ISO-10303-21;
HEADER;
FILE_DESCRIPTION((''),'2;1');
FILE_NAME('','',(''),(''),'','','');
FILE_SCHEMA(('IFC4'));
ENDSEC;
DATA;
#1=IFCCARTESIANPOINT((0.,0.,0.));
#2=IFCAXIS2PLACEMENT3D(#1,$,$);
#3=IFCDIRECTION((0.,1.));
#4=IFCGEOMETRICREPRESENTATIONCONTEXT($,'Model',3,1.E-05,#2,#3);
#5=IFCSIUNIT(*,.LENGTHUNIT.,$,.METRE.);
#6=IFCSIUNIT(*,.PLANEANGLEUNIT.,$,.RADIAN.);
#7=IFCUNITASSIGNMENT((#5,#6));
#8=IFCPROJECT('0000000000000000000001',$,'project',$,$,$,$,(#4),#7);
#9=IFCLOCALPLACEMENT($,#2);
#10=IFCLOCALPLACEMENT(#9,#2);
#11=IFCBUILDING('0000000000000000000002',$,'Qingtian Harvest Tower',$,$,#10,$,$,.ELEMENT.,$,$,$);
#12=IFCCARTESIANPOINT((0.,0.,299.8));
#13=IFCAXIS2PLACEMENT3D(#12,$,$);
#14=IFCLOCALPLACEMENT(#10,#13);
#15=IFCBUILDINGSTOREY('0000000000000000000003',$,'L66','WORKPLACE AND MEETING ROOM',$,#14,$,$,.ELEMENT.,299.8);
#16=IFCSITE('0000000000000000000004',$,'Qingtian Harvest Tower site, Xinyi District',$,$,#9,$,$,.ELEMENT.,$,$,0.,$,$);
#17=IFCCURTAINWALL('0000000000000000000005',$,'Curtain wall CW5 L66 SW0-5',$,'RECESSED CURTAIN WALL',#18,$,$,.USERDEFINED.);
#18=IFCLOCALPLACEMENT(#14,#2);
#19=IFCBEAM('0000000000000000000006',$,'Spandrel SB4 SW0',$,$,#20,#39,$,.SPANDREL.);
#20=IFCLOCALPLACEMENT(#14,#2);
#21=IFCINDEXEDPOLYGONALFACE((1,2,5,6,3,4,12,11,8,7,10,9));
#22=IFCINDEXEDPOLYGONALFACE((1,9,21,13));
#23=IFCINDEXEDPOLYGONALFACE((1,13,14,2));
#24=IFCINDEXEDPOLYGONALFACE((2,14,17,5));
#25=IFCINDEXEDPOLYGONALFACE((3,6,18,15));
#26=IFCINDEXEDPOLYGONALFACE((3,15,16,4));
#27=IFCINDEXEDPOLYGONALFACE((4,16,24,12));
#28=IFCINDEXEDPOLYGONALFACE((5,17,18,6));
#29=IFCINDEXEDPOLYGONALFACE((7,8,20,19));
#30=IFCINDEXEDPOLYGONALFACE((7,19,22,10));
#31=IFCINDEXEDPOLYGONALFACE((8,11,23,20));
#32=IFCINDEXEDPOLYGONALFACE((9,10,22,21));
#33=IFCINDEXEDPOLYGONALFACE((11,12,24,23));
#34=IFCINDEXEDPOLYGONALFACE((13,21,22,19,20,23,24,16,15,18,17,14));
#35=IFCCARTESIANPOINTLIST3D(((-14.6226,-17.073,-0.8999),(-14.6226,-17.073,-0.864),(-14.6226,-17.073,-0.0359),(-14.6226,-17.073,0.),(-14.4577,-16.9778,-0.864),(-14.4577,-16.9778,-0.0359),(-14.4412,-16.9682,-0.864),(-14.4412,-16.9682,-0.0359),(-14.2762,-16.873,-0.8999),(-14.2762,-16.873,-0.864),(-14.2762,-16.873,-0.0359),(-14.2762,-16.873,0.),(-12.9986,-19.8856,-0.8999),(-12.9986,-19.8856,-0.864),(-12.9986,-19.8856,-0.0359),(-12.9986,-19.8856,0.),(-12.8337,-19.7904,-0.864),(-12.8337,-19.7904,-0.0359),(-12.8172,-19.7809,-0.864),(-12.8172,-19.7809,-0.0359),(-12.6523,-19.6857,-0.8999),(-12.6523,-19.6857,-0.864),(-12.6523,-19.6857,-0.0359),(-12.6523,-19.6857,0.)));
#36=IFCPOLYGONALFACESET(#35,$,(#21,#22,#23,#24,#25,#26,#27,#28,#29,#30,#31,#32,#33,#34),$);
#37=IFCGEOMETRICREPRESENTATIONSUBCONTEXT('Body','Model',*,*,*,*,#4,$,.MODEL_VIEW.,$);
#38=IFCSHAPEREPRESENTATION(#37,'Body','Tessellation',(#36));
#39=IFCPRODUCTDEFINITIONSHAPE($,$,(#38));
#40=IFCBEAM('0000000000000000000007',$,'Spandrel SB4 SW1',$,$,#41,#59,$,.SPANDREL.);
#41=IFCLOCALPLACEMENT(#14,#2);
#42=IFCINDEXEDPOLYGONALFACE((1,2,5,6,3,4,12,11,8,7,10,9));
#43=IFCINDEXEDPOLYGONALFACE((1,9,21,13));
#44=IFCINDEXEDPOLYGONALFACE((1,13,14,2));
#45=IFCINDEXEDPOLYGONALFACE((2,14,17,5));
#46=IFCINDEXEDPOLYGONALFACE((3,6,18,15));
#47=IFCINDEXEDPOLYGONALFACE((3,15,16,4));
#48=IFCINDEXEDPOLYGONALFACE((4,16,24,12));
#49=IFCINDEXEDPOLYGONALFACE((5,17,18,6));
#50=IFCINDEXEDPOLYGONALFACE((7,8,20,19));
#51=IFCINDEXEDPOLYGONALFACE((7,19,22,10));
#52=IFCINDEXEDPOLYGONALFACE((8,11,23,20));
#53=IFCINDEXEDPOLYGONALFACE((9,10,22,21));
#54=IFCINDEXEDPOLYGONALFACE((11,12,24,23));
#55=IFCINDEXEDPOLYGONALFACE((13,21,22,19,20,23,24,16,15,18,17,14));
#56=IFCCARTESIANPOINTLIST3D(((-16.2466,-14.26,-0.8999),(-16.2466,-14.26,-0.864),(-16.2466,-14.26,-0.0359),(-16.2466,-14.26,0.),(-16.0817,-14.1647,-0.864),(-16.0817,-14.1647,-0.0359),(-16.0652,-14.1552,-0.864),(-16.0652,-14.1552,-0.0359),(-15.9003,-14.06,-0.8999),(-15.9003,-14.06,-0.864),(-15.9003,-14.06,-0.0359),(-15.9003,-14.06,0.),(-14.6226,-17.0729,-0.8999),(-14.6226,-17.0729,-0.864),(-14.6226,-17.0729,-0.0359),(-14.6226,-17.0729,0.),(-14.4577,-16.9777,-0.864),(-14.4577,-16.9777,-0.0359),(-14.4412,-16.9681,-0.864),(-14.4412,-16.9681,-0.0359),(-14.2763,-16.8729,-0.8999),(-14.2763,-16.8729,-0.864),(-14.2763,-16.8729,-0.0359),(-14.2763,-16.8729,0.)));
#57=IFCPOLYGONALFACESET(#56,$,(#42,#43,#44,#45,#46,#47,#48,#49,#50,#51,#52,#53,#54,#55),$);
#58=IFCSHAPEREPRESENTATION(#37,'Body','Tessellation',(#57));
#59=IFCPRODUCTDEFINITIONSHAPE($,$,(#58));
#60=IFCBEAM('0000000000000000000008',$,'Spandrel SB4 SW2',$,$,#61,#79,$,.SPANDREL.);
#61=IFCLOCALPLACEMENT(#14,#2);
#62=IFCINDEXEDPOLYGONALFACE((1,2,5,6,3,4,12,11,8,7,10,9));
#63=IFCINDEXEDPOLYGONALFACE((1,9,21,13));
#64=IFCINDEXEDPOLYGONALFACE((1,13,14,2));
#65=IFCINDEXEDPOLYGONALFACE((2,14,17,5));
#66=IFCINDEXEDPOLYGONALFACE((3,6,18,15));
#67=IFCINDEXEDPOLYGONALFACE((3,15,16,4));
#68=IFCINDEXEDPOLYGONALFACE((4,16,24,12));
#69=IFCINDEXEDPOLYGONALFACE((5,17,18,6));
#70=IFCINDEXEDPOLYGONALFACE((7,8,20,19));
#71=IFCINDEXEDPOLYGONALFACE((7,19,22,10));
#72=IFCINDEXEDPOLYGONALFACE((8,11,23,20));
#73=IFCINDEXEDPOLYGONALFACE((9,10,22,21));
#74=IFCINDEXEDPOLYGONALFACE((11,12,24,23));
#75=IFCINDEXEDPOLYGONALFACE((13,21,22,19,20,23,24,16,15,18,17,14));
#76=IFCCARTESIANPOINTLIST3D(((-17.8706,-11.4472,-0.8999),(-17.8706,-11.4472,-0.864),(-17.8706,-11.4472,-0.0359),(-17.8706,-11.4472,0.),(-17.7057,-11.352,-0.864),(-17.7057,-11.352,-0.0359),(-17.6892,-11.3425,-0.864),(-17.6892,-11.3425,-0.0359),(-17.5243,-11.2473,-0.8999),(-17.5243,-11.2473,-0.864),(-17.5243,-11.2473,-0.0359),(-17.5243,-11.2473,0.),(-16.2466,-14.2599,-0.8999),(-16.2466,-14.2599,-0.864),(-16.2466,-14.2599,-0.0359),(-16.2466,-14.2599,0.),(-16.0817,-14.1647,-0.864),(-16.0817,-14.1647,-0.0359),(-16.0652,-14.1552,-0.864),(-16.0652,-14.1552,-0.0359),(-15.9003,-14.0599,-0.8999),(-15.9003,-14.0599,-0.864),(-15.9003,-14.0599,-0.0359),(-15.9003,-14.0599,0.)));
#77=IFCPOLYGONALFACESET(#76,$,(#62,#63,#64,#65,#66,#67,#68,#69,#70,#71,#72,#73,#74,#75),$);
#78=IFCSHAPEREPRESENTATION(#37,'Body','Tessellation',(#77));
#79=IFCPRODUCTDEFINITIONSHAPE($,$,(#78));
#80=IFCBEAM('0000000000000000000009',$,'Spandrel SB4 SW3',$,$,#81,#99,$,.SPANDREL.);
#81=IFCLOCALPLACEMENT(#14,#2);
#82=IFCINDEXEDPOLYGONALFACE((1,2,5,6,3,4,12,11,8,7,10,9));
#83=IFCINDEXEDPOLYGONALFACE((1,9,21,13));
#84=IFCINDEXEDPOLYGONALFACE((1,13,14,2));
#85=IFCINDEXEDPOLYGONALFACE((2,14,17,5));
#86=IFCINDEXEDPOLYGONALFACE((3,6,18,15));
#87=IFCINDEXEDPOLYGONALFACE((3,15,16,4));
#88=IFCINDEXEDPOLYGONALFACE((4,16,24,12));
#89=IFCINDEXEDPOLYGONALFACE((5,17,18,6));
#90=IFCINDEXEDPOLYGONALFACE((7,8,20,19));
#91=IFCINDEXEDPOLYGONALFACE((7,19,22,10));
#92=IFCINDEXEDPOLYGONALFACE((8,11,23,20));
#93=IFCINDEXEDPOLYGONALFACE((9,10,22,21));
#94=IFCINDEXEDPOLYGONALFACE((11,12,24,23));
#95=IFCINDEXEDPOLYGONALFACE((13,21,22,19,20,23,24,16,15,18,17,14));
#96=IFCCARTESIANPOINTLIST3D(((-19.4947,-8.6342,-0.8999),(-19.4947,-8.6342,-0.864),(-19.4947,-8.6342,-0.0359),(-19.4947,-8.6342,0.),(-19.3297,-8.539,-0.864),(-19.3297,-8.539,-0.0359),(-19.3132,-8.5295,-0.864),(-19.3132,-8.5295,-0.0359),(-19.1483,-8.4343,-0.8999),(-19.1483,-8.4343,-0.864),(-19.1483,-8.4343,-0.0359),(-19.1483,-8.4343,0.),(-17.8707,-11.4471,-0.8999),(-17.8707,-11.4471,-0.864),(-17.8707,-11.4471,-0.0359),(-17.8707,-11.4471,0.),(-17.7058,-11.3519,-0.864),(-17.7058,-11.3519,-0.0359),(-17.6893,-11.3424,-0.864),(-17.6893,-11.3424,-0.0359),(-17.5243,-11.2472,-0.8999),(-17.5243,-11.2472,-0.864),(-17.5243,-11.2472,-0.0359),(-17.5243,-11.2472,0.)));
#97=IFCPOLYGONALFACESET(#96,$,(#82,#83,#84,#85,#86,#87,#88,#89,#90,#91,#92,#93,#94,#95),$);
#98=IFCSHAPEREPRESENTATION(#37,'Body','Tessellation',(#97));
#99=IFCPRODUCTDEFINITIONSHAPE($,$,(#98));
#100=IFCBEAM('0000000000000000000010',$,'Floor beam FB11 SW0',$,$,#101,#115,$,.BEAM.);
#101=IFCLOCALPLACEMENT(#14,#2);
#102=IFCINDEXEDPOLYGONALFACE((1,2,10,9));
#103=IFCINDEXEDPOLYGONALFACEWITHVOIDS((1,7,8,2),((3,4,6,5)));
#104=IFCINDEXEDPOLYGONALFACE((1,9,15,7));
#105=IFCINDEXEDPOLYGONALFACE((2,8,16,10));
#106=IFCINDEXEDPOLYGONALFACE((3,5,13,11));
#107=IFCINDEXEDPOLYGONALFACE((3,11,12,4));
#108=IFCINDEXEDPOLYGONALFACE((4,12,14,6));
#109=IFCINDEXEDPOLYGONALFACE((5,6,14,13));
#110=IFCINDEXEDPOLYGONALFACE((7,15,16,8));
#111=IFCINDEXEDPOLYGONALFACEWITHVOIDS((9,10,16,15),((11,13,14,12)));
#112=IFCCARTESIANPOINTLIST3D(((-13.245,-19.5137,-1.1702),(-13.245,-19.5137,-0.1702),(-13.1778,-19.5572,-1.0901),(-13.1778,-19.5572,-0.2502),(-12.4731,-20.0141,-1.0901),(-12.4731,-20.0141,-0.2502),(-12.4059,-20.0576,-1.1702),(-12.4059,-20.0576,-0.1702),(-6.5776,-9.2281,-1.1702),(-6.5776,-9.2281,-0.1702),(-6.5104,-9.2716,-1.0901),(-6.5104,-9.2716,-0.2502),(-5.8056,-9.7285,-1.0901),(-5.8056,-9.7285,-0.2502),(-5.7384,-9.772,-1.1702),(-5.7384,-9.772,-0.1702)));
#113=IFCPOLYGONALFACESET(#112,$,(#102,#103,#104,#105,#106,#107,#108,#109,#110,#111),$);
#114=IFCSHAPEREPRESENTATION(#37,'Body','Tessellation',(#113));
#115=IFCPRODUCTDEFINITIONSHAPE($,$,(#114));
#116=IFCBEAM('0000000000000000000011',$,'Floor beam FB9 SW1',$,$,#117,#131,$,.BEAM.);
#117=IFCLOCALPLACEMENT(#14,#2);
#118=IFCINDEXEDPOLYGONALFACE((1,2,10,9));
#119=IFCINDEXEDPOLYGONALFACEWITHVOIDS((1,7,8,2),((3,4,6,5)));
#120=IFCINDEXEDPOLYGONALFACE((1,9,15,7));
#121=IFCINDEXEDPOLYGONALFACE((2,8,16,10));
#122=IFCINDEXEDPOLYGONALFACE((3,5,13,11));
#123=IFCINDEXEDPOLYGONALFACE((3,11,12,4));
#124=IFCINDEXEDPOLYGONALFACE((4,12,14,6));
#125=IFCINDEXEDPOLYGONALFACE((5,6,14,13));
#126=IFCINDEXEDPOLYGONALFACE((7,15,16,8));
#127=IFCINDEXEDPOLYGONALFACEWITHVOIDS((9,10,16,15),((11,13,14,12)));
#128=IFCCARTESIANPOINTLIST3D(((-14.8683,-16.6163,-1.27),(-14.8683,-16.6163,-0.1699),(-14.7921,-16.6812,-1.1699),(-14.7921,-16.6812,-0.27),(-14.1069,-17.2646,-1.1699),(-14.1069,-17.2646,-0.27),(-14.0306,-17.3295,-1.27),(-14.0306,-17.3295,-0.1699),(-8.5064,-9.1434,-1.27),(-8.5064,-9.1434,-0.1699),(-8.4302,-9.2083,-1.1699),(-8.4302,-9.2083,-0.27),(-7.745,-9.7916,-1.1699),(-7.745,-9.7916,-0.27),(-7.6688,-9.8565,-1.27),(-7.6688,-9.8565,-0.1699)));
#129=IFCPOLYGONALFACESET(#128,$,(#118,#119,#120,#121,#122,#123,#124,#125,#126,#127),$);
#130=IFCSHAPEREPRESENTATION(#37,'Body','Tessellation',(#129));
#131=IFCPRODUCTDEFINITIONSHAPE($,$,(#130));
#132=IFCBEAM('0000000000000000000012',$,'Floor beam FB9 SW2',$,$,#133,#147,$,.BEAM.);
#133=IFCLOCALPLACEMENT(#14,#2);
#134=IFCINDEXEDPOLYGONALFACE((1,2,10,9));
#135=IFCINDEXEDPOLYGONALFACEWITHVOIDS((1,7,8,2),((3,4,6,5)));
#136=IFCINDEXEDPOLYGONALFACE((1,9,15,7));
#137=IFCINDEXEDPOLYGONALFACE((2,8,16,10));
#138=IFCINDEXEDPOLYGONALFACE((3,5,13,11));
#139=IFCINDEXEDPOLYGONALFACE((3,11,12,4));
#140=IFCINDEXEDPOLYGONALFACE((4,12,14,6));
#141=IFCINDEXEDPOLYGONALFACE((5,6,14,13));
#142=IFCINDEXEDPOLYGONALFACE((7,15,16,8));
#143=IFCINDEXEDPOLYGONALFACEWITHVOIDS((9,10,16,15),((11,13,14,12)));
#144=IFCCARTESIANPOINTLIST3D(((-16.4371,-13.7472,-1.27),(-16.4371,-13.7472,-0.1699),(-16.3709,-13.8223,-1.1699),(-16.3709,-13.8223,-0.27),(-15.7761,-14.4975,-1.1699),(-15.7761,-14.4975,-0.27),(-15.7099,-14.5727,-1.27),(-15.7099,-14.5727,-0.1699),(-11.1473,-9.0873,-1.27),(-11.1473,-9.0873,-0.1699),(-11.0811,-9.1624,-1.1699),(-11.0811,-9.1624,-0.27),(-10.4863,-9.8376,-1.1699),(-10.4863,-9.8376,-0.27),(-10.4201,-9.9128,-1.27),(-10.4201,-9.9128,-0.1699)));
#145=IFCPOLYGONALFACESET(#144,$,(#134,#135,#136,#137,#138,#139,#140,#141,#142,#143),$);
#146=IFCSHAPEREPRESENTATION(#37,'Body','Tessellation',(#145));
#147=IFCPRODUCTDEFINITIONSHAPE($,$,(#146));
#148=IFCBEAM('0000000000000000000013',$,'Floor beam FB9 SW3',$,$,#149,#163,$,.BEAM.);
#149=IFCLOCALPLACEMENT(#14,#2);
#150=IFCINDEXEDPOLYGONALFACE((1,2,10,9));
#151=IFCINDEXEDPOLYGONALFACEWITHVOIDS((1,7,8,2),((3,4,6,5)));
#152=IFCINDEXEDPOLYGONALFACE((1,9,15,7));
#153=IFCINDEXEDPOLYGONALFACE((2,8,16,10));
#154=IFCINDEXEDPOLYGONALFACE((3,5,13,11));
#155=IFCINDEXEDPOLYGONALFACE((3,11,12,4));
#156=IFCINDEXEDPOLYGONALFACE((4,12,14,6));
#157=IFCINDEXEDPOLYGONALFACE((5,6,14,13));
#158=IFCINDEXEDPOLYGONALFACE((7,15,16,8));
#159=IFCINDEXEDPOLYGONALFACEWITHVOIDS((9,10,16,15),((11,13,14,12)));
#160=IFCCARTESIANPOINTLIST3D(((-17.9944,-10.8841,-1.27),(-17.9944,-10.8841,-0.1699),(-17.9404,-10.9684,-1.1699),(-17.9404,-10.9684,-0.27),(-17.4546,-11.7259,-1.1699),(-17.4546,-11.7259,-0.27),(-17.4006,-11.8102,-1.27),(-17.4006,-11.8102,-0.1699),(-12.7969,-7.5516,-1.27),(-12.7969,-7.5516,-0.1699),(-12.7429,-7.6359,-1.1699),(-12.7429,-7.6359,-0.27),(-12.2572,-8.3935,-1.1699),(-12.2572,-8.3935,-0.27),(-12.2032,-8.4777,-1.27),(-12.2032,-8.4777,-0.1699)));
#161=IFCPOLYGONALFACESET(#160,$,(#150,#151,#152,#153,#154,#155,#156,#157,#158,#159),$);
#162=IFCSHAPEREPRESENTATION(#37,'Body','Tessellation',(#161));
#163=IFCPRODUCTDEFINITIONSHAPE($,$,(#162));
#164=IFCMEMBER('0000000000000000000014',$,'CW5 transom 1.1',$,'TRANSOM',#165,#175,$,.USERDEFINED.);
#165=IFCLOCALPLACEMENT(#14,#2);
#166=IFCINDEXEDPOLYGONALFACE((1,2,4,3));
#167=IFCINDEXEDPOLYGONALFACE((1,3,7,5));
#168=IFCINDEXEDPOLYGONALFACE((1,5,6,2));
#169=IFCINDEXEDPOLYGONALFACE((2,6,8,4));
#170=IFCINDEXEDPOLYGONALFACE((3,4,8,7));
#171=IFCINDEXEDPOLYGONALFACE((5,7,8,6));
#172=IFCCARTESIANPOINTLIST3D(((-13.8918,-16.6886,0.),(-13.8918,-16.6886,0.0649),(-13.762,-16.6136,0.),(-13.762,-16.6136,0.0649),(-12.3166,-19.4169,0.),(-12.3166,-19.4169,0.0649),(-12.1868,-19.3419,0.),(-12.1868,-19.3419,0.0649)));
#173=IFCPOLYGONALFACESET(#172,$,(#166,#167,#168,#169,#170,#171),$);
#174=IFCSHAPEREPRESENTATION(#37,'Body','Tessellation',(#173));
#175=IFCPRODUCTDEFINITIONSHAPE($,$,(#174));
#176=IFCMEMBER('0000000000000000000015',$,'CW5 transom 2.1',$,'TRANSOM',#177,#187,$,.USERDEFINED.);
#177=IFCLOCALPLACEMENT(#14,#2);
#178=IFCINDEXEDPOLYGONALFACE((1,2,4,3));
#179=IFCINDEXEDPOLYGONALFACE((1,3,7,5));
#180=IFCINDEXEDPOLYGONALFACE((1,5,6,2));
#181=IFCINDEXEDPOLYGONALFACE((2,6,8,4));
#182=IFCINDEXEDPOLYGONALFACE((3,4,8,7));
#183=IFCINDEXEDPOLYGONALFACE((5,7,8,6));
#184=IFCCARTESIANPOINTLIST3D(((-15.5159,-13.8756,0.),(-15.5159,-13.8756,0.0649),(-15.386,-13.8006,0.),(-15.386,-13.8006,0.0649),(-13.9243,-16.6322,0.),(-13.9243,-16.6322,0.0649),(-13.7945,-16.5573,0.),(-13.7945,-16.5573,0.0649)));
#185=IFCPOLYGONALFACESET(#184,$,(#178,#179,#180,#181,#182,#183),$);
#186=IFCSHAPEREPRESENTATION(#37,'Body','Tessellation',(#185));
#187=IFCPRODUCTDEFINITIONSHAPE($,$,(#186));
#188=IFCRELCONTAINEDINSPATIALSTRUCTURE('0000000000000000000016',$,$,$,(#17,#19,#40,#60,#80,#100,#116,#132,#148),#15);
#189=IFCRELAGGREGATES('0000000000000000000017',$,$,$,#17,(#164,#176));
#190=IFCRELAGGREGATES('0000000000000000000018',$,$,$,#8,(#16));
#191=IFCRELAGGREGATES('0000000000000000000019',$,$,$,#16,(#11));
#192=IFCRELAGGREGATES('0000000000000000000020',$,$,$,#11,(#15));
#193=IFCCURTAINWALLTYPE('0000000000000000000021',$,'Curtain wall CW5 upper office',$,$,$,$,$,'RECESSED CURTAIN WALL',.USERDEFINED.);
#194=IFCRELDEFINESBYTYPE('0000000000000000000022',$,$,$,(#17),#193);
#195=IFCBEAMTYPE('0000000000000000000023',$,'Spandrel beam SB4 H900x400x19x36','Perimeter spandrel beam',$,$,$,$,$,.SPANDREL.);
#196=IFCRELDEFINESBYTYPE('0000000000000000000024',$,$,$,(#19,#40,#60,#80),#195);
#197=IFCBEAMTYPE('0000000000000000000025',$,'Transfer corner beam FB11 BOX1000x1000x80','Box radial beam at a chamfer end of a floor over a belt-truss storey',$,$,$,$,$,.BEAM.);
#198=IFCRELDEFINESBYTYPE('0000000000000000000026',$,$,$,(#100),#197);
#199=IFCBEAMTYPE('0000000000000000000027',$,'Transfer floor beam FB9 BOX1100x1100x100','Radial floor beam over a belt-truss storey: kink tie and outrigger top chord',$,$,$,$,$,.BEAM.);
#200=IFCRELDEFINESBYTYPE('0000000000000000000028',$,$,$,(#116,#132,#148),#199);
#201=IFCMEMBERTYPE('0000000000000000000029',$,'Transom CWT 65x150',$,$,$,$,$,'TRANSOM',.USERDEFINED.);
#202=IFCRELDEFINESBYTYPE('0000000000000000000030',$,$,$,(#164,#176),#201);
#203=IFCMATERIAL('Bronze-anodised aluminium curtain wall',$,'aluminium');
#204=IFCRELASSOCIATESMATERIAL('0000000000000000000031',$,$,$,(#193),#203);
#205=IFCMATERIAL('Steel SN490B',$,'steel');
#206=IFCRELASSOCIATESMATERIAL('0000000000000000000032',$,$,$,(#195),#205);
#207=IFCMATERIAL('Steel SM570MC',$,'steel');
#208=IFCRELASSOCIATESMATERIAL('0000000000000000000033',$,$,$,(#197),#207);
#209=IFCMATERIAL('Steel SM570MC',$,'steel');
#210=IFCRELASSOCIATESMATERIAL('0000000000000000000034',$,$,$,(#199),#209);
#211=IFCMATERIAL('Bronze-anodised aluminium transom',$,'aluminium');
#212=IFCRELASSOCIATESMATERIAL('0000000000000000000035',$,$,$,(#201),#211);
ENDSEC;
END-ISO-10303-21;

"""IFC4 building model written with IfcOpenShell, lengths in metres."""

from ifc_helpers import new_model, si_unit, direction, frame, origin, origin_2d, place, context, subcontext, project, spatial, rectangle, hollow_rectangle, i_section, extrude, material, material_profile, profile_set, type_object, element, aggregate, save


model = new_model("IFC4")

# Units and contexts
model_context = context("Model", 3, precision=1e-05, world=origin(), true_north=direction((0.0, 1.0)))
body_context = subcontext(model_context, "Body", "Model", "MODEL_VIEW")
ifc_project = project(units=[si_unit("LENGTHUNIT", "METRE"), si_unit("PLANEANGLEUNIT", "RADIAN")], contexts=[model_context])

# Site, building, storey
site_placement = place(None, origin())
site = spatial("IfcSite", under=ifc_project, at=site_placement, Name="Qingtian Harvest Tower site, Xinyi District", CompositionType="ELEMENT", RefElevation=0.0)
building_placement = place(site_placement, origin())
building = spatial("IfcBuilding", under=site, at=building_placement, Name="Qingtian Harvest Tower", CompositionType="ELEMENT")
storey_placement = place(building_placement, frame((0.0, 0.0, 299.8)))
storey = spatial("IfcBuildingStorey", under=building, at=storey_placement, Name="L66", Description="WORKPLACE AND MEETING ROOM", CompositionType="ELEMENT", Elevation=299.8)

# Curtain wall
ifc_material_1 = material(Name="Bronze-anodised aluminium curtain wall", Category="aluminium")
curtain_wall_type = type_object("IfcCurtainWallType", Name="Curtain wall CW5 upper office", ElementType="RECESSED CURTAIN WALL", PredefinedType="USERDEFINED", material=ifc_material_1)
curtain_wall_placement = place(storey_placement, origin())
curtain_wall = element("IfcCurtainWall", 1, at=curtain_wall_placement, inside=storey, type_object=curtain_wall_type, Name="Curtain wall CW5 L66 SW0-5", ObjectType="RECESSED CURTAIN WALL", PredefinedType="USERDEFINED")

# Beams
ifc_material_2 = material(Name="Steel SN490B", Category="steel")
ifc_material_profile_1 = material_profile(ifc_material_2, i_section(OverallWidth=0.3999, OverallDepth=0.8999, WebThickness=0.019, FlangeThickness=0.0359, at=origin_2d()), Name="H900x400x19x36")
ifc_profile_set_1 = profile_set([ifc_material_profile_1], Name="Steel SN490B")
beam_type_1 = type_object("IfcBeamType", Name="Spandrel beam SB4 H900x400x19x36", Description="Perimeter spandrel beam", PredefinedType="SPANDREL", material=ifc_profile_set_1)
beam_1_placement = place(storey_placement, frame((-12.8254, -19.7856, -0.45), z_axis=(-0.50002, 0.866014, 0.0), x_axis=(-0.866014, -0.50002, 0.0)))
element("IfcBeam", 2, at=beam_1_placement, inside=storey, type_object=beam_type_1, Name="Spandrel SB4 SW0", PredefinedType="SPANDREL", context=body_context, shape_type="SweptSolid", body=[
    extrude(i_section(OverallWidth=0.3999, OverallDepth=0.8999, WebThickness=0.019, FlangeThickness=0.0359, at=origin_2d()), origin(), (0.0, 0.0, 1.0), 3.2478),
])
beam_2_placement = place(storey_placement, frame((-14.4495, -16.9729, -0.45), z_axis=(-0.499987, 0.866033, 0.0), x_axis=(-0.866033, -0.499987, 0.0)))
element("IfcBeam", 3, at=beam_2_placement, inside=storey, type_object=beam_type_1, Name="Spandrel SB4 SW1", PredefinedType="SPANDREL", context=body_context, shape_type="SweptSolid", body=[
    extrude(i_section(OverallWidth=0.3999, OverallDepth=0.8999, WebThickness=0.019, FlangeThickness=0.0359, at=origin_2d()), origin(), (0.0, 0.0, 1.0), 3.248),
])
beam_3_placement = place(storey_placement, frame((-16.0735, -14.1599, -0.45), z_axis=(-0.50002, 0.866014, 0.0), x_axis=(-0.866014, -0.50002, 0.0)))
element("IfcBeam", 4, at=beam_3_placement, inside=storey, type_object=beam_type_1, Name="Spandrel SB4 SW2", PredefinedType="SPANDREL", context=body_context, shape_type="SweptSolid", body=[
    extrude(i_section(OverallWidth=0.3999, OverallDepth=0.8999, WebThickness=0.019, FlangeThickness=0.0359, at=origin_2d()), origin(), (0.0, 0.0, 1.0), 3.2478),
])
beam_4_placement = place(storey_placement, frame((-17.6975, -11.3472, -0.45), z_axis=(-0.499987, 0.866033, 0.0), x_axis=(-0.866033, -0.499987, 0.0)))
element("IfcBeam", 5, at=beam_4_placement, inside=storey, type_object=beam_type_1, Name="Spandrel SB4 SW3", PredefinedType="SPANDREL", context=body_context, shape_type="SweptSolid", body=[
    extrude(i_section(OverallWidth=0.3999, OverallDepth=0.8999, WebThickness=0.019, FlangeThickness=0.0359, at=origin_2d()), origin(), (0.0, 0.0, 1.0), 3.248),
])
ifc_material_3 = material(Name="Steel SM570MC", Category="steel")
ifc_material_profile_2 = material_profile(ifc_material_3, hollow_rectangle(XDim=1.0, YDim=1.0, WallThickness=0.0801, at=origin_2d()), Name="BOX1000x1000x80")
ifc_profile_set_2 = profile_set([ifc_material_profile_2], Name="Steel SM570MC")
beam_type_2 = type_object("IfcBeamType", Name="Transfer corner beam FB11 BOX1000x1000x80", Description="Box radial beam at a chamfer end of a floor over a belt-truss storey", PredefinedType="BEAM", material=ifc_profile_set_2)
beam_5_placement = place(storey_placement, frame((-12.8254, -19.7856, -0.6702), z_axis=(0.543945, 0.839121, 0.0), x_axis=(-0.839121, 0.543945, 0.0)))
element("IfcBeam", 6, at=beam_5_placement, inside=storey, type_object=beam_type_2, Name="Floor beam FB11 SW0", PredefinedType="BEAM", context=body_context, shape_type="SweptSolid", body=[
    extrude(hollow_rectangle(XDim=1.0, YDim=1.0, WallThickness=0.0801, at=origin_2d()), origin(), (0.0, 0.0, 1.0), 12.2576),
])
ifc_material_4 = material(Name="Steel SM570MC", Category="steel")
ifc_material_profile_3 = material_profile(ifc_material_4, hollow_rectangle(XDim=1.1001, YDim=1.1001, WallThickness=0.1001, at=origin_2d()), Name="BOX1100x1100x100")
ifc_profile_set_3 = profile_set([ifc_material_profile_3], Name="Steel SM570MC")
beam_type_3 = type_object("IfcBeamType", Name="Transfer floor beam FB9 BOX1100x1100x100", Description="Radial floor beam over a belt-truss storey: kink tie and outrigger top chord", PredefinedType="BEAM", material=ifc_profile_set_3)
beam_6_placement = place(storey_placement, frame((-14.4495, -16.9729, -0.72), z_axis=(0.648231, 0.761444, 0.0), x_axis=(-0.761444, 0.648231, 0.0)))
element("IfcBeam", 7, at=beam_6_placement, inside=storey, type_object=beam_type_3, Name="Floor beam FB9 SW1", PredefinedType="BEAM", context=body_context, shape_type="SweptSolid", body=[
    extrude(hollow_rectangle(XDim=1.1001, YDim=1.1001, WallThickness=0.1001, at=origin_2d()), origin(), (0.0, 0.0, 1.0), 9.8142),
])
beam_7_placement = place(storey_placement, frame((-16.0735, -14.1599, -0.72), z_axis=(0.750369, 0.661019, 0.0), x_axis=(-0.661019, 0.750369, 0.0)))
element("IfcBeam", 8, at=beam_7_placement, inside=storey, type_object=beam_type_3, Name="Floor beam FB9 SW2", PredefinedType="BEAM", context=body_context, shape_type="SweptSolid", body=[
    extrude(hollow_rectangle(XDim=1.1001, YDim=1.1001, WallThickness=0.1001, at=origin_2d()), origin(), (0.0, 0.0, 1.0), 7.0496),
])
beam_8_placement = place(storey_placement, frame((-17.6975, -11.3472, -0.72), z_axis=(0.841822, 0.539756, 0.0), x_axis=(-0.539756, 0.841822, 0.0)))
element("IfcBeam", 9, at=beam_8_placement, inside=storey, type_object=beam_type_3, Name="Floor beam FB9 SW3", PredefinedType="BEAM", context=body_context, shape_type="SweptSolid", body=[
    extrude(hollow_rectangle(XDim=1.1001, YDim=1.1001, WallThickness=0.1001, at=origin_2d()), origin(), (0.0, 0.0, 1.0), 6.1741),
])

# Members
ifc_material_5 = material(Name="Bronze-anodised aluminium transom", Category="aluminium")
ifc_material_profile_4 = material_profile(ifc_material_5, rectangle(XDim=0.1499, YDim=0.0649, at=origin_2d()), Name="AL 65x150")
ifc_profile_set_4 = profile_set([ifc_material_profile_4], Name="Bronze-anodised aluminium transom")
member_type_1 = type_object("IfcMemberType", Name="Transom CWT 65x150", ElementType="TRANSOM", PredefinedType="USERDEFINED", material=ifc_profile_set_4)
member_1_placement = place(storey_placement, frame((-12.2517, -19.3794, 0.0325), z_axis=(-0.500006, 0.866022, 0.0), x_axis=(-0.866022, -0.500006, 0.0)))
member_1 = element("IfcMember", 10, at=member_1_placement, type_object=member_type_1, Name="CW5 transom 1.1", ObjectType="TRANSOM", PredefinedType="USERDEFINED", context=body_context, shape_type="SweptSolid", body=[
    extrude(rectangle(XDim=0.1499, YDim=0.0649, at=origin_2d()), origin(), (0.0, 0.0, 1.0), 3.1504),
])
member_2_placement = place(storey_placement, frame((-13.8594, -16.5947, 0.0325), z_axis=(-0.500008, 0.866021, 0.0), x_axis=(-0.866021, -0.500008, 0.0)))
member_2 = element("IfcMember", 11, at=member_2_placement, type_object=member_type_1, Name="CW5 transom 2.1", ObjectType="TRANSOM", PredefinedType="USERDEFINED", context=body_context, shape_type="SweptSolid", body=[
    extrude(rectangle(XDim=0.1499, YDim=0.0649, at=origin_2d()), origin(), (0.0, 0.0, 1.0), 3.1831),
])

aggregate(curtain_wall, [member_1, member_2])

save(model, "model.ifc")
